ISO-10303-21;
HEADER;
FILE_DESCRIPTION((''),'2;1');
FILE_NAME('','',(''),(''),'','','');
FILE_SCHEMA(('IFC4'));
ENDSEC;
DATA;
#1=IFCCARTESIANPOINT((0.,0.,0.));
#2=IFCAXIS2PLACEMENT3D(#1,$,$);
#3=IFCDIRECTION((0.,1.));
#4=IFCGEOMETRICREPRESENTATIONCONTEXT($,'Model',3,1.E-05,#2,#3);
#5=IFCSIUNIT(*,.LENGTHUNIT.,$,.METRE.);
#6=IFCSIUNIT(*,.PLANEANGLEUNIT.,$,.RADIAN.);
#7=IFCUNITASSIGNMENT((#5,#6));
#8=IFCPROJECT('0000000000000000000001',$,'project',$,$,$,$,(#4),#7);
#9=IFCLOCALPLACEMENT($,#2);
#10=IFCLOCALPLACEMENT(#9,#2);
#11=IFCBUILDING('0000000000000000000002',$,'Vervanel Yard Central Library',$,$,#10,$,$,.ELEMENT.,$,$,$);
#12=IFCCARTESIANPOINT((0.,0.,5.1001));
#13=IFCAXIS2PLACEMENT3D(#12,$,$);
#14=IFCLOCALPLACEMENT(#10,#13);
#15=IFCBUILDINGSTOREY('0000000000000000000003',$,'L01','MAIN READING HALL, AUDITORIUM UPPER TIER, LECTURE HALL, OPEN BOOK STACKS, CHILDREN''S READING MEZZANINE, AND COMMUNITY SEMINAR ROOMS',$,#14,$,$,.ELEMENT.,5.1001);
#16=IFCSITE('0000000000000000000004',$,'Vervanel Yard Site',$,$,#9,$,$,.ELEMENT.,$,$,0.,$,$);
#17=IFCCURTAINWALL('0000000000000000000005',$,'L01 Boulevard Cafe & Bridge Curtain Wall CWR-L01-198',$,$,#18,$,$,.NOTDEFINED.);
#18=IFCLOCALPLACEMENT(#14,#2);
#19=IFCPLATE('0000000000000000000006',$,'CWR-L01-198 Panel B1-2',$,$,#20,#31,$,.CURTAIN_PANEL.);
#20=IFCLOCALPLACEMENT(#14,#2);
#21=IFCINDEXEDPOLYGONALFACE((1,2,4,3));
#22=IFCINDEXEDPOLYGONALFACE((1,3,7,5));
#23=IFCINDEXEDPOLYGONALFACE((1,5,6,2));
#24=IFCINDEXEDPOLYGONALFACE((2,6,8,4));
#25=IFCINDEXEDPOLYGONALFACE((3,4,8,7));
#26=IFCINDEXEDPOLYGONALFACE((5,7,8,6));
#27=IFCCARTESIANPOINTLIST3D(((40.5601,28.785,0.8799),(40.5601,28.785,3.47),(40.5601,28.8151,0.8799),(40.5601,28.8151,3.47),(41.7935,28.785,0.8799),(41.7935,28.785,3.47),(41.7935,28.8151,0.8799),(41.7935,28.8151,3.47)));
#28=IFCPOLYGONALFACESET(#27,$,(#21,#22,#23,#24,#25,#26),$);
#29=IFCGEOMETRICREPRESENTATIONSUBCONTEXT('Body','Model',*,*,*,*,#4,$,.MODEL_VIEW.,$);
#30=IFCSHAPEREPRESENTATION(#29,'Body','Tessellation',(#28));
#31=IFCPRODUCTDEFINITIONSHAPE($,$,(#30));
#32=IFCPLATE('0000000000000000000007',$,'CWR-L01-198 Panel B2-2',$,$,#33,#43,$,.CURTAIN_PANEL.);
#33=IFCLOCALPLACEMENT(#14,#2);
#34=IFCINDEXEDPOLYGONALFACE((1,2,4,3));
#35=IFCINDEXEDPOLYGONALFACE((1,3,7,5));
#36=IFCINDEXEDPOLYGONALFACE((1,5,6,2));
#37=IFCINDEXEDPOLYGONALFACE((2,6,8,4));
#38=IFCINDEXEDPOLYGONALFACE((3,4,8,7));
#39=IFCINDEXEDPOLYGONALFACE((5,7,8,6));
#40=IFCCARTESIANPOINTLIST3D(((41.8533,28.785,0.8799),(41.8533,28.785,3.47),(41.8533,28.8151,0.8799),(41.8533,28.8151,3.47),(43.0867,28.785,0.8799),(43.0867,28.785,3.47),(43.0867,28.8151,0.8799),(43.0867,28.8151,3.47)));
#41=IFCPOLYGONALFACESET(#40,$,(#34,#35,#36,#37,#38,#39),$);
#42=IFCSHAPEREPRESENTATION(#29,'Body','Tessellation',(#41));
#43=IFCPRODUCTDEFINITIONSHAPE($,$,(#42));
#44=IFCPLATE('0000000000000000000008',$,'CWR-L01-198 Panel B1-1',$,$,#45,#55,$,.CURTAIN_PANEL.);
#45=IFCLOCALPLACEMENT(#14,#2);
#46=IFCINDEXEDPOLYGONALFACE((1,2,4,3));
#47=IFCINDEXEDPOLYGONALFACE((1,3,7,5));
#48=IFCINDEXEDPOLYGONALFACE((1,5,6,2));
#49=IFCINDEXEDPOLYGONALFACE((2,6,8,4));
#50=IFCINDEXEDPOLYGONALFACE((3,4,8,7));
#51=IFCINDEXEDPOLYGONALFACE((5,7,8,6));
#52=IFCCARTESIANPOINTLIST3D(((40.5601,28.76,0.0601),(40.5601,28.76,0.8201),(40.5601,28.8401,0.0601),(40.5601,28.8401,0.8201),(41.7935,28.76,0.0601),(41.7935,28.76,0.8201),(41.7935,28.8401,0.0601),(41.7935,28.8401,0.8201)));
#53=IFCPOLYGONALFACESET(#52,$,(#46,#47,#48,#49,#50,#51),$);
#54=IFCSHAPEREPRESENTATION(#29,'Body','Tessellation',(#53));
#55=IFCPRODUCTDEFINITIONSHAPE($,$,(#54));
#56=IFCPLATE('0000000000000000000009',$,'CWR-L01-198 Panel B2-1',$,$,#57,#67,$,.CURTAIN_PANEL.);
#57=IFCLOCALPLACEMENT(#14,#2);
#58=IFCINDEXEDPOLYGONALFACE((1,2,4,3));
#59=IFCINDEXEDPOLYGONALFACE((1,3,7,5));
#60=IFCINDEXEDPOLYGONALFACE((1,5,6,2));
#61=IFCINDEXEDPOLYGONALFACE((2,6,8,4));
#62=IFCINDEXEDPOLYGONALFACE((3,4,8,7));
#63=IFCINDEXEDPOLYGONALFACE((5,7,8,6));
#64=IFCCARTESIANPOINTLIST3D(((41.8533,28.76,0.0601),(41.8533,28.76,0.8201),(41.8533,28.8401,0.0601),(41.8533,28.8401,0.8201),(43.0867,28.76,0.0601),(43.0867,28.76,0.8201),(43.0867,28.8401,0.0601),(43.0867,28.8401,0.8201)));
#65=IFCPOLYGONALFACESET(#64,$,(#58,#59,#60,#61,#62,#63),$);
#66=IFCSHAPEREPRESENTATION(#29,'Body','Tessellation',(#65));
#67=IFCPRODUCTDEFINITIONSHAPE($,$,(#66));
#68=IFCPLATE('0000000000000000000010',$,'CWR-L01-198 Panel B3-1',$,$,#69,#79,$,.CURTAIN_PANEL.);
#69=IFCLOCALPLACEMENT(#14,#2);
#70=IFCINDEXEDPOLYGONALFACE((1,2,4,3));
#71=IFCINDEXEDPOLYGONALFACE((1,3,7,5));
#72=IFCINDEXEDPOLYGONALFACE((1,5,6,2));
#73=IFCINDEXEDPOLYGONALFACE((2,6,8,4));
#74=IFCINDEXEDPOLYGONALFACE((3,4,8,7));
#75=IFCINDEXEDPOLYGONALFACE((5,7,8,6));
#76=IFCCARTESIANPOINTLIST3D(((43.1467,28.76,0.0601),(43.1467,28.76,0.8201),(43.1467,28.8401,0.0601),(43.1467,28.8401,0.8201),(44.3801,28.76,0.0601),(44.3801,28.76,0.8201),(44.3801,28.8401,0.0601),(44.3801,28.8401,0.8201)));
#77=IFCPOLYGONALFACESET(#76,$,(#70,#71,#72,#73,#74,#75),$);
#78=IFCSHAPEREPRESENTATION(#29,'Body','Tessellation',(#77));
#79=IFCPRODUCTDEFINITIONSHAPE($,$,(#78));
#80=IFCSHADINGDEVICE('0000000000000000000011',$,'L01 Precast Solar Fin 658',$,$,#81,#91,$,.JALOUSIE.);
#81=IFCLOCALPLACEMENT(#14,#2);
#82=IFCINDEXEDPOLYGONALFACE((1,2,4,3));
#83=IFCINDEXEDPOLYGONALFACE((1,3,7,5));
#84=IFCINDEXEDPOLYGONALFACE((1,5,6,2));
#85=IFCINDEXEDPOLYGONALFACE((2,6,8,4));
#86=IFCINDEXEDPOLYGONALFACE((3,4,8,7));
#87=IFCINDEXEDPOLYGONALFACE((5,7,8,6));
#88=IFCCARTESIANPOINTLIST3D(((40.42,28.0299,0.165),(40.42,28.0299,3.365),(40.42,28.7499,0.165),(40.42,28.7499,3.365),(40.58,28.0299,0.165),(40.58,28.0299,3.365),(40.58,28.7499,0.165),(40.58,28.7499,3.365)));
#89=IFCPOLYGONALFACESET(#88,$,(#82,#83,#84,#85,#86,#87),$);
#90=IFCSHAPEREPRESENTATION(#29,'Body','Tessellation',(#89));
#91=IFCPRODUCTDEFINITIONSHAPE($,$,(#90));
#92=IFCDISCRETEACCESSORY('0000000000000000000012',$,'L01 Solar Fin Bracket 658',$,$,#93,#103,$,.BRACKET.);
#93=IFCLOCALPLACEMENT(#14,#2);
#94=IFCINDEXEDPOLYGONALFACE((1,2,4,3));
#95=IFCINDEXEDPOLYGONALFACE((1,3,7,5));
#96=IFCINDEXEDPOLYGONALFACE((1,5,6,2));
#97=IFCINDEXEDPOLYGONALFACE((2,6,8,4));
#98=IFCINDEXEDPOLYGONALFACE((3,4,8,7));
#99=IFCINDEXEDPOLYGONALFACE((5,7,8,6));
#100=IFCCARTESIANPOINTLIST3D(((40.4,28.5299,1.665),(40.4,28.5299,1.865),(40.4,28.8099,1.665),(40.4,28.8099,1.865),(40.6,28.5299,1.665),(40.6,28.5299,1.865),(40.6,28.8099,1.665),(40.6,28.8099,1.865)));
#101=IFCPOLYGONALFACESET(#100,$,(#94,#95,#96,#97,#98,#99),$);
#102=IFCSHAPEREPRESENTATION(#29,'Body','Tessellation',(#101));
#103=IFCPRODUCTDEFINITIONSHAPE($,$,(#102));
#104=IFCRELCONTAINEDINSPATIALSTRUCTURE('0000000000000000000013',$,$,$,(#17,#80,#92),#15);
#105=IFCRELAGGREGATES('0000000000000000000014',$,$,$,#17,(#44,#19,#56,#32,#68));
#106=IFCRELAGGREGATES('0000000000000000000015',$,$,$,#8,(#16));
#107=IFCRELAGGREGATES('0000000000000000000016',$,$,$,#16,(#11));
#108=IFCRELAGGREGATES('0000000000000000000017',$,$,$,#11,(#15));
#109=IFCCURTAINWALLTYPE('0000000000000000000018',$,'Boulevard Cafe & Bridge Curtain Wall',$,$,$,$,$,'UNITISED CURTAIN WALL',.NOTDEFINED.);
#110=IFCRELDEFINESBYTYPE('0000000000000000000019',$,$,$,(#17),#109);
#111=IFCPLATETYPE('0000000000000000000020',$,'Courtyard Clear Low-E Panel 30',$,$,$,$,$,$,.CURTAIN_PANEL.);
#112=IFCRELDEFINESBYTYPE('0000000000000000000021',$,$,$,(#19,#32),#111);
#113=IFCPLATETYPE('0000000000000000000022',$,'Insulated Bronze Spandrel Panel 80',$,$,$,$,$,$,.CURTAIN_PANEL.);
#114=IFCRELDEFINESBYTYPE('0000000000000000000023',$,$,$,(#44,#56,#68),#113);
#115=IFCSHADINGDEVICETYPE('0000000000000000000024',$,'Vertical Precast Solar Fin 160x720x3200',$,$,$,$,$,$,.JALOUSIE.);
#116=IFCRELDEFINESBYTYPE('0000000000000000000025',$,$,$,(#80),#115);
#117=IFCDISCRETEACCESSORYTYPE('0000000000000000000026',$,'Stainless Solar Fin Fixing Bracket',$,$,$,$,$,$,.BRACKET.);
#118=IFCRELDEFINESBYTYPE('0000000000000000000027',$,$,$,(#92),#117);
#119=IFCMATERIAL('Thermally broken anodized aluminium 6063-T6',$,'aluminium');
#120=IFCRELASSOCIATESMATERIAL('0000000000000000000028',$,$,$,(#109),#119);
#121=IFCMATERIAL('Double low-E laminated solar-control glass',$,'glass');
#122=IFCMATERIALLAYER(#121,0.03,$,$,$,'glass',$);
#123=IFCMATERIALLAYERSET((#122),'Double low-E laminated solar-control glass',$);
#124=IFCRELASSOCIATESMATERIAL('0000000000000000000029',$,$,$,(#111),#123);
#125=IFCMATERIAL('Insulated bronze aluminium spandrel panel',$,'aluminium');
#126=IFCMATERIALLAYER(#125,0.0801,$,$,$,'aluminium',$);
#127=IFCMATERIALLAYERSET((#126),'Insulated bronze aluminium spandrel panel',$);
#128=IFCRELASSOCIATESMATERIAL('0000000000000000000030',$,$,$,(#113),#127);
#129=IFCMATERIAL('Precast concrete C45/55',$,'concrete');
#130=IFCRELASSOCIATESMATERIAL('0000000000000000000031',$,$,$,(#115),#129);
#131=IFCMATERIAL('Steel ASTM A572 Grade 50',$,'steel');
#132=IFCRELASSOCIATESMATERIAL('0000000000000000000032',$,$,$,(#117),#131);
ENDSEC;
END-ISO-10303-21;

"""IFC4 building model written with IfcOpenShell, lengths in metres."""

from ifc_helpers import new_model, si_unit, direction, frame, origin, origin_2d, place, context, subcontext, project, spatial, rectangle, extrude, material, layer, layer_set, type_object, element, aggregate, save


model = new_model("IFC4")

# Units and contexts
model_context = context("Model", 3, precision=1e-05, world=origin(), true_north=direction((0.0, 1.0)))
body_context = subcontext(model_context, "Body", "Model", "MODEL_VIEW")
ifc_project = project(units=[si_unit("LENGTHUNIT", "METRE"), si_unit("PLANEANGLEUNIT", "RADIAN")], contexts=[model_context])

# Site, building, storey
site_placement = place(None, origin())
site = spatial("IfcSite", under=ifc_project, at=site_placement, Name="Vervanel Yard Site", CompositionType="ELEMENT", RefElevation=0.0)
building_placement = place(site_placement, origin())
building = spatial("IfcBuilding", under=site, at=building_placement, Name="Vervanel Yard Central Library", CompositionType="ELEMENT")
storey_placement = place(building_placement, frame((0.0, 0.0, 5.1001)))
storey = spatial("IfcBuildingStorey", under=building, at=storey_placement, Name="L01", Description="MAIN READING HALL, AUDITORIUM UPPER TIER, LECTURE HALL, OPEN BOOK STACKS, CHILDREN'S READING MEZZANINE, AND COMMUNITY SEMINAR ROOMS", CompositionType="ELEMENT", Elevation=5.1001)

# Shared definitions
ifc_material_1 = material(Name="Thermally broken anodized aluminium 6063-T6", Category="aluminium")
curtain_wall_type = type_object("IfcCurtainWallType", Name="Boulevard Cafe & Bridge Curtain Wall", ElementType="UNITISED CURTAIN WALL", PredefinedType="NOTDEFINED", material=ifc_material_1)

# Curtain wall
curtain_wall_1_placement = place(storey_placement, origin())
curtain_wall_1 = element("IfcCurtainWall", 1, at=curtain_wall_1_placement, inside=storey, type_object=curtain_wall_type, Name="L01 Boulevard Cafe & Bridge Curtain Wall CWR-L01-198", PredefinedType="NOTDEFINED")

# Plates
ifc_material_2 = material(Name="Double low-E laminated solar-control glass", Category="glass")
ifc_layer_1 = layer(ifc_material_2, 0.03, Category="glass")
ifc_layer_set_1 = layer_set([ifc_layer_1], Name="Double low-E laminated solar-control glass")
plate_type_1 = type_object("IfcPlateType", Name="Courtyard Clear Low-E Panel 30", PredefinedType="CURTAIN_PANEL", material=ifc_layer_set_1)
plate_1_placement = place(storey_placement, frame((41.1768, 28.8, 0.8799), z_axis=(0.0, 0.0, 1.0), x_axis=(1.0, 0.0, 0.0)))
plate_1 = element("IfcPlate", 2, at=plate_1_placement, type_object=plate_type_1, Name="CWR-L01-198 Panel B1-2", PredefinedType="CURTAIN_PANEL", context=body_context, shape_type="SweptSolid", body=[
    extrude(rectangle(XDim=1.2334, YDim=0.03, at=origin_2d()), origin(), (0.0, 0.0, 1.0), 2.5901),
])
plate_2_placement = place(storey_placement, frame((42.47, 28.8, 0.8799), z_axis=(0.0, 0.0, 1.0), x_axis=(1.0, 0.0, 0.0)))
plate_2 = element("IfcPlate", 3, at=plate_2_placement, type_object=plate_type_1, Name="CWR-L01-198 Panel B2-2", PredefinedType="CURTAIN_PANEL", context=body_context, shape_type="SweptSolid", body=[
    extrude(rectangle(XDim=1.2334, YDim=0.03, at=origin_2d()), origin(), (0.0, 0.0, 1.0), 2.5901),
])
ifc_material_3 = material(Name="Insulated bronze aluminium spandrel panel", Category="aluminium")
ifc_layer_2 = layer(ifc_material_3, 0.0801, Category="aluminium")
ifc_layer_set_2 = layer_set([ifc_layer_2], Name="Insulated bronze aluminium spandrel panel")
plate_type_2 = type_object("IfcPlateType", Name="Insulated Bronze Spandrel Panel 80", PredefinedType="CURTAIN_PANEL", material=ifc_layer_set_2)
plate_3_placement = place(storey_placement, frame((41.1768, 28.8, 0.0601), z_axis=(0.0, 0.0, 1.0), x_axis=(1.0, 0.0, 0.0)))
plate_3 = element("IfcPlate", 4, at=plate_3_placement, type_object=plate_type_2, Name="CWR-L01-198 Panel B1-1", PredefinedType="CURTAIN_PANEL", context=body_context, shape_type="SweptSolid", body=[
    extrude(rectangle(XDim=1.2334, YDim=0.0801, at=origin_2d()), origin(), (0.0, 0.0, 1.0), 0.76),
])
plate_4_placement = place(storey_placement, frame((42.47, 28.8, 0.0601), z_axis=(0.0, 0.0, 1.0), x_axis=(1.0, 0.0, 0.0)))
plate_4 = element("IfcPlate", 5, at=plate_4_placement, type_object=plate_type_2, Name="CWR-L01-198 Panel B2-1", PredefinedType="CURTAIN_PANEL", context=body_context, shape_type="SweptSolid", body=[
    extrude(rectangle(XDim=1.2334, YDim=0.0801, at=origin_2d()), origin(), (0.0, 0.0, 1.0), 0.76),
])
plate_5_placement = place(storey_placement, frame((43.7634, 28.8, 0.0601), z_axis=(0.0, 0.0, 1.0), x_axis=(1.0, 0.0, 0.0)))
plate_5 = element("IfcPlate", 6, at=plate_5_placement, type_object=plate_type_2, Name="CWR-L01-198 Panel B3-1", PredefinedType="CURTAIN_PANEL", context=body_context, shape_type="SweptSolid", body=[
    extrude(rectangle(XDim=1.2334, YDim=0.0801, at=origin_2d()), origin(), (0.0, 0.0, 1.0), 0.76),
])
aggregate(curtain_wall_1, [plate_3, plate_1, plate_4, plate_2, plate_5])

# Shading device
ifc_material_4 = material(Name="Precast concrete C45/55", Category="concrete")
shading_device_type = type_object("IfcShadingDeviceType", Name="Vertical Precast Solar Fin 160x720x3200", PredefinedType="JALOUSIE", material=ifc_material_4)
shading_device_placement = place(storey_placement, frame((40.5, 28.3899, 0.165), z_axis=(0.0, 0.0, 1.0), x_axis=(1.0, 0.0, 0.0)))
element("IfcShadingDevice", 7, at=shading_device_placement, inside=storey, type_object=shading_device_type, Name="L01 Precast Solar Fin 658", PredefinedType="JALOUSIE", context=body_context, shape_type="SweptSolid", body=[
    extrude(rectangle(XDim=0.1599, YDim=0.72, at=origin_2d()), origin(), (0.0, 0.0, 1.0), 3.2),
])

# Discrete accessory
ifc_material_5 = material(Name="Steel ASTM A572 Grade 50", Category="steel")
discrete_accessory_type = type_object("IfcDiscreteAccessoryType", Name="Stainless Solar Fin Fixing Bracket", PredefinedType="BRACKET", material=ifc_material_5)
discrete_accessory_placement = place(storey_placement, frame((40.5, 28.6699, 1.665), z_axis=(0.0, 0.0, 1.0), x_axis=(1.0, 0.0, 0.0)))
element("IfcDiscreteAccessory", 8, at=discrete_accessory_placement, inside=storey, type_object=discrete_accessory_type, Name="L01 Solar Fin Bracket 658", PredefinedType="BRACKET", context=body_context, shape_type="SweptSolid", body=[
    extrude(rectangle(XDim=0.2, YDim=0.28, at=origin_2d()), origin(), (0.0, 0.0, 1.0), 0.2),
])

save(model, "model.ifc")
